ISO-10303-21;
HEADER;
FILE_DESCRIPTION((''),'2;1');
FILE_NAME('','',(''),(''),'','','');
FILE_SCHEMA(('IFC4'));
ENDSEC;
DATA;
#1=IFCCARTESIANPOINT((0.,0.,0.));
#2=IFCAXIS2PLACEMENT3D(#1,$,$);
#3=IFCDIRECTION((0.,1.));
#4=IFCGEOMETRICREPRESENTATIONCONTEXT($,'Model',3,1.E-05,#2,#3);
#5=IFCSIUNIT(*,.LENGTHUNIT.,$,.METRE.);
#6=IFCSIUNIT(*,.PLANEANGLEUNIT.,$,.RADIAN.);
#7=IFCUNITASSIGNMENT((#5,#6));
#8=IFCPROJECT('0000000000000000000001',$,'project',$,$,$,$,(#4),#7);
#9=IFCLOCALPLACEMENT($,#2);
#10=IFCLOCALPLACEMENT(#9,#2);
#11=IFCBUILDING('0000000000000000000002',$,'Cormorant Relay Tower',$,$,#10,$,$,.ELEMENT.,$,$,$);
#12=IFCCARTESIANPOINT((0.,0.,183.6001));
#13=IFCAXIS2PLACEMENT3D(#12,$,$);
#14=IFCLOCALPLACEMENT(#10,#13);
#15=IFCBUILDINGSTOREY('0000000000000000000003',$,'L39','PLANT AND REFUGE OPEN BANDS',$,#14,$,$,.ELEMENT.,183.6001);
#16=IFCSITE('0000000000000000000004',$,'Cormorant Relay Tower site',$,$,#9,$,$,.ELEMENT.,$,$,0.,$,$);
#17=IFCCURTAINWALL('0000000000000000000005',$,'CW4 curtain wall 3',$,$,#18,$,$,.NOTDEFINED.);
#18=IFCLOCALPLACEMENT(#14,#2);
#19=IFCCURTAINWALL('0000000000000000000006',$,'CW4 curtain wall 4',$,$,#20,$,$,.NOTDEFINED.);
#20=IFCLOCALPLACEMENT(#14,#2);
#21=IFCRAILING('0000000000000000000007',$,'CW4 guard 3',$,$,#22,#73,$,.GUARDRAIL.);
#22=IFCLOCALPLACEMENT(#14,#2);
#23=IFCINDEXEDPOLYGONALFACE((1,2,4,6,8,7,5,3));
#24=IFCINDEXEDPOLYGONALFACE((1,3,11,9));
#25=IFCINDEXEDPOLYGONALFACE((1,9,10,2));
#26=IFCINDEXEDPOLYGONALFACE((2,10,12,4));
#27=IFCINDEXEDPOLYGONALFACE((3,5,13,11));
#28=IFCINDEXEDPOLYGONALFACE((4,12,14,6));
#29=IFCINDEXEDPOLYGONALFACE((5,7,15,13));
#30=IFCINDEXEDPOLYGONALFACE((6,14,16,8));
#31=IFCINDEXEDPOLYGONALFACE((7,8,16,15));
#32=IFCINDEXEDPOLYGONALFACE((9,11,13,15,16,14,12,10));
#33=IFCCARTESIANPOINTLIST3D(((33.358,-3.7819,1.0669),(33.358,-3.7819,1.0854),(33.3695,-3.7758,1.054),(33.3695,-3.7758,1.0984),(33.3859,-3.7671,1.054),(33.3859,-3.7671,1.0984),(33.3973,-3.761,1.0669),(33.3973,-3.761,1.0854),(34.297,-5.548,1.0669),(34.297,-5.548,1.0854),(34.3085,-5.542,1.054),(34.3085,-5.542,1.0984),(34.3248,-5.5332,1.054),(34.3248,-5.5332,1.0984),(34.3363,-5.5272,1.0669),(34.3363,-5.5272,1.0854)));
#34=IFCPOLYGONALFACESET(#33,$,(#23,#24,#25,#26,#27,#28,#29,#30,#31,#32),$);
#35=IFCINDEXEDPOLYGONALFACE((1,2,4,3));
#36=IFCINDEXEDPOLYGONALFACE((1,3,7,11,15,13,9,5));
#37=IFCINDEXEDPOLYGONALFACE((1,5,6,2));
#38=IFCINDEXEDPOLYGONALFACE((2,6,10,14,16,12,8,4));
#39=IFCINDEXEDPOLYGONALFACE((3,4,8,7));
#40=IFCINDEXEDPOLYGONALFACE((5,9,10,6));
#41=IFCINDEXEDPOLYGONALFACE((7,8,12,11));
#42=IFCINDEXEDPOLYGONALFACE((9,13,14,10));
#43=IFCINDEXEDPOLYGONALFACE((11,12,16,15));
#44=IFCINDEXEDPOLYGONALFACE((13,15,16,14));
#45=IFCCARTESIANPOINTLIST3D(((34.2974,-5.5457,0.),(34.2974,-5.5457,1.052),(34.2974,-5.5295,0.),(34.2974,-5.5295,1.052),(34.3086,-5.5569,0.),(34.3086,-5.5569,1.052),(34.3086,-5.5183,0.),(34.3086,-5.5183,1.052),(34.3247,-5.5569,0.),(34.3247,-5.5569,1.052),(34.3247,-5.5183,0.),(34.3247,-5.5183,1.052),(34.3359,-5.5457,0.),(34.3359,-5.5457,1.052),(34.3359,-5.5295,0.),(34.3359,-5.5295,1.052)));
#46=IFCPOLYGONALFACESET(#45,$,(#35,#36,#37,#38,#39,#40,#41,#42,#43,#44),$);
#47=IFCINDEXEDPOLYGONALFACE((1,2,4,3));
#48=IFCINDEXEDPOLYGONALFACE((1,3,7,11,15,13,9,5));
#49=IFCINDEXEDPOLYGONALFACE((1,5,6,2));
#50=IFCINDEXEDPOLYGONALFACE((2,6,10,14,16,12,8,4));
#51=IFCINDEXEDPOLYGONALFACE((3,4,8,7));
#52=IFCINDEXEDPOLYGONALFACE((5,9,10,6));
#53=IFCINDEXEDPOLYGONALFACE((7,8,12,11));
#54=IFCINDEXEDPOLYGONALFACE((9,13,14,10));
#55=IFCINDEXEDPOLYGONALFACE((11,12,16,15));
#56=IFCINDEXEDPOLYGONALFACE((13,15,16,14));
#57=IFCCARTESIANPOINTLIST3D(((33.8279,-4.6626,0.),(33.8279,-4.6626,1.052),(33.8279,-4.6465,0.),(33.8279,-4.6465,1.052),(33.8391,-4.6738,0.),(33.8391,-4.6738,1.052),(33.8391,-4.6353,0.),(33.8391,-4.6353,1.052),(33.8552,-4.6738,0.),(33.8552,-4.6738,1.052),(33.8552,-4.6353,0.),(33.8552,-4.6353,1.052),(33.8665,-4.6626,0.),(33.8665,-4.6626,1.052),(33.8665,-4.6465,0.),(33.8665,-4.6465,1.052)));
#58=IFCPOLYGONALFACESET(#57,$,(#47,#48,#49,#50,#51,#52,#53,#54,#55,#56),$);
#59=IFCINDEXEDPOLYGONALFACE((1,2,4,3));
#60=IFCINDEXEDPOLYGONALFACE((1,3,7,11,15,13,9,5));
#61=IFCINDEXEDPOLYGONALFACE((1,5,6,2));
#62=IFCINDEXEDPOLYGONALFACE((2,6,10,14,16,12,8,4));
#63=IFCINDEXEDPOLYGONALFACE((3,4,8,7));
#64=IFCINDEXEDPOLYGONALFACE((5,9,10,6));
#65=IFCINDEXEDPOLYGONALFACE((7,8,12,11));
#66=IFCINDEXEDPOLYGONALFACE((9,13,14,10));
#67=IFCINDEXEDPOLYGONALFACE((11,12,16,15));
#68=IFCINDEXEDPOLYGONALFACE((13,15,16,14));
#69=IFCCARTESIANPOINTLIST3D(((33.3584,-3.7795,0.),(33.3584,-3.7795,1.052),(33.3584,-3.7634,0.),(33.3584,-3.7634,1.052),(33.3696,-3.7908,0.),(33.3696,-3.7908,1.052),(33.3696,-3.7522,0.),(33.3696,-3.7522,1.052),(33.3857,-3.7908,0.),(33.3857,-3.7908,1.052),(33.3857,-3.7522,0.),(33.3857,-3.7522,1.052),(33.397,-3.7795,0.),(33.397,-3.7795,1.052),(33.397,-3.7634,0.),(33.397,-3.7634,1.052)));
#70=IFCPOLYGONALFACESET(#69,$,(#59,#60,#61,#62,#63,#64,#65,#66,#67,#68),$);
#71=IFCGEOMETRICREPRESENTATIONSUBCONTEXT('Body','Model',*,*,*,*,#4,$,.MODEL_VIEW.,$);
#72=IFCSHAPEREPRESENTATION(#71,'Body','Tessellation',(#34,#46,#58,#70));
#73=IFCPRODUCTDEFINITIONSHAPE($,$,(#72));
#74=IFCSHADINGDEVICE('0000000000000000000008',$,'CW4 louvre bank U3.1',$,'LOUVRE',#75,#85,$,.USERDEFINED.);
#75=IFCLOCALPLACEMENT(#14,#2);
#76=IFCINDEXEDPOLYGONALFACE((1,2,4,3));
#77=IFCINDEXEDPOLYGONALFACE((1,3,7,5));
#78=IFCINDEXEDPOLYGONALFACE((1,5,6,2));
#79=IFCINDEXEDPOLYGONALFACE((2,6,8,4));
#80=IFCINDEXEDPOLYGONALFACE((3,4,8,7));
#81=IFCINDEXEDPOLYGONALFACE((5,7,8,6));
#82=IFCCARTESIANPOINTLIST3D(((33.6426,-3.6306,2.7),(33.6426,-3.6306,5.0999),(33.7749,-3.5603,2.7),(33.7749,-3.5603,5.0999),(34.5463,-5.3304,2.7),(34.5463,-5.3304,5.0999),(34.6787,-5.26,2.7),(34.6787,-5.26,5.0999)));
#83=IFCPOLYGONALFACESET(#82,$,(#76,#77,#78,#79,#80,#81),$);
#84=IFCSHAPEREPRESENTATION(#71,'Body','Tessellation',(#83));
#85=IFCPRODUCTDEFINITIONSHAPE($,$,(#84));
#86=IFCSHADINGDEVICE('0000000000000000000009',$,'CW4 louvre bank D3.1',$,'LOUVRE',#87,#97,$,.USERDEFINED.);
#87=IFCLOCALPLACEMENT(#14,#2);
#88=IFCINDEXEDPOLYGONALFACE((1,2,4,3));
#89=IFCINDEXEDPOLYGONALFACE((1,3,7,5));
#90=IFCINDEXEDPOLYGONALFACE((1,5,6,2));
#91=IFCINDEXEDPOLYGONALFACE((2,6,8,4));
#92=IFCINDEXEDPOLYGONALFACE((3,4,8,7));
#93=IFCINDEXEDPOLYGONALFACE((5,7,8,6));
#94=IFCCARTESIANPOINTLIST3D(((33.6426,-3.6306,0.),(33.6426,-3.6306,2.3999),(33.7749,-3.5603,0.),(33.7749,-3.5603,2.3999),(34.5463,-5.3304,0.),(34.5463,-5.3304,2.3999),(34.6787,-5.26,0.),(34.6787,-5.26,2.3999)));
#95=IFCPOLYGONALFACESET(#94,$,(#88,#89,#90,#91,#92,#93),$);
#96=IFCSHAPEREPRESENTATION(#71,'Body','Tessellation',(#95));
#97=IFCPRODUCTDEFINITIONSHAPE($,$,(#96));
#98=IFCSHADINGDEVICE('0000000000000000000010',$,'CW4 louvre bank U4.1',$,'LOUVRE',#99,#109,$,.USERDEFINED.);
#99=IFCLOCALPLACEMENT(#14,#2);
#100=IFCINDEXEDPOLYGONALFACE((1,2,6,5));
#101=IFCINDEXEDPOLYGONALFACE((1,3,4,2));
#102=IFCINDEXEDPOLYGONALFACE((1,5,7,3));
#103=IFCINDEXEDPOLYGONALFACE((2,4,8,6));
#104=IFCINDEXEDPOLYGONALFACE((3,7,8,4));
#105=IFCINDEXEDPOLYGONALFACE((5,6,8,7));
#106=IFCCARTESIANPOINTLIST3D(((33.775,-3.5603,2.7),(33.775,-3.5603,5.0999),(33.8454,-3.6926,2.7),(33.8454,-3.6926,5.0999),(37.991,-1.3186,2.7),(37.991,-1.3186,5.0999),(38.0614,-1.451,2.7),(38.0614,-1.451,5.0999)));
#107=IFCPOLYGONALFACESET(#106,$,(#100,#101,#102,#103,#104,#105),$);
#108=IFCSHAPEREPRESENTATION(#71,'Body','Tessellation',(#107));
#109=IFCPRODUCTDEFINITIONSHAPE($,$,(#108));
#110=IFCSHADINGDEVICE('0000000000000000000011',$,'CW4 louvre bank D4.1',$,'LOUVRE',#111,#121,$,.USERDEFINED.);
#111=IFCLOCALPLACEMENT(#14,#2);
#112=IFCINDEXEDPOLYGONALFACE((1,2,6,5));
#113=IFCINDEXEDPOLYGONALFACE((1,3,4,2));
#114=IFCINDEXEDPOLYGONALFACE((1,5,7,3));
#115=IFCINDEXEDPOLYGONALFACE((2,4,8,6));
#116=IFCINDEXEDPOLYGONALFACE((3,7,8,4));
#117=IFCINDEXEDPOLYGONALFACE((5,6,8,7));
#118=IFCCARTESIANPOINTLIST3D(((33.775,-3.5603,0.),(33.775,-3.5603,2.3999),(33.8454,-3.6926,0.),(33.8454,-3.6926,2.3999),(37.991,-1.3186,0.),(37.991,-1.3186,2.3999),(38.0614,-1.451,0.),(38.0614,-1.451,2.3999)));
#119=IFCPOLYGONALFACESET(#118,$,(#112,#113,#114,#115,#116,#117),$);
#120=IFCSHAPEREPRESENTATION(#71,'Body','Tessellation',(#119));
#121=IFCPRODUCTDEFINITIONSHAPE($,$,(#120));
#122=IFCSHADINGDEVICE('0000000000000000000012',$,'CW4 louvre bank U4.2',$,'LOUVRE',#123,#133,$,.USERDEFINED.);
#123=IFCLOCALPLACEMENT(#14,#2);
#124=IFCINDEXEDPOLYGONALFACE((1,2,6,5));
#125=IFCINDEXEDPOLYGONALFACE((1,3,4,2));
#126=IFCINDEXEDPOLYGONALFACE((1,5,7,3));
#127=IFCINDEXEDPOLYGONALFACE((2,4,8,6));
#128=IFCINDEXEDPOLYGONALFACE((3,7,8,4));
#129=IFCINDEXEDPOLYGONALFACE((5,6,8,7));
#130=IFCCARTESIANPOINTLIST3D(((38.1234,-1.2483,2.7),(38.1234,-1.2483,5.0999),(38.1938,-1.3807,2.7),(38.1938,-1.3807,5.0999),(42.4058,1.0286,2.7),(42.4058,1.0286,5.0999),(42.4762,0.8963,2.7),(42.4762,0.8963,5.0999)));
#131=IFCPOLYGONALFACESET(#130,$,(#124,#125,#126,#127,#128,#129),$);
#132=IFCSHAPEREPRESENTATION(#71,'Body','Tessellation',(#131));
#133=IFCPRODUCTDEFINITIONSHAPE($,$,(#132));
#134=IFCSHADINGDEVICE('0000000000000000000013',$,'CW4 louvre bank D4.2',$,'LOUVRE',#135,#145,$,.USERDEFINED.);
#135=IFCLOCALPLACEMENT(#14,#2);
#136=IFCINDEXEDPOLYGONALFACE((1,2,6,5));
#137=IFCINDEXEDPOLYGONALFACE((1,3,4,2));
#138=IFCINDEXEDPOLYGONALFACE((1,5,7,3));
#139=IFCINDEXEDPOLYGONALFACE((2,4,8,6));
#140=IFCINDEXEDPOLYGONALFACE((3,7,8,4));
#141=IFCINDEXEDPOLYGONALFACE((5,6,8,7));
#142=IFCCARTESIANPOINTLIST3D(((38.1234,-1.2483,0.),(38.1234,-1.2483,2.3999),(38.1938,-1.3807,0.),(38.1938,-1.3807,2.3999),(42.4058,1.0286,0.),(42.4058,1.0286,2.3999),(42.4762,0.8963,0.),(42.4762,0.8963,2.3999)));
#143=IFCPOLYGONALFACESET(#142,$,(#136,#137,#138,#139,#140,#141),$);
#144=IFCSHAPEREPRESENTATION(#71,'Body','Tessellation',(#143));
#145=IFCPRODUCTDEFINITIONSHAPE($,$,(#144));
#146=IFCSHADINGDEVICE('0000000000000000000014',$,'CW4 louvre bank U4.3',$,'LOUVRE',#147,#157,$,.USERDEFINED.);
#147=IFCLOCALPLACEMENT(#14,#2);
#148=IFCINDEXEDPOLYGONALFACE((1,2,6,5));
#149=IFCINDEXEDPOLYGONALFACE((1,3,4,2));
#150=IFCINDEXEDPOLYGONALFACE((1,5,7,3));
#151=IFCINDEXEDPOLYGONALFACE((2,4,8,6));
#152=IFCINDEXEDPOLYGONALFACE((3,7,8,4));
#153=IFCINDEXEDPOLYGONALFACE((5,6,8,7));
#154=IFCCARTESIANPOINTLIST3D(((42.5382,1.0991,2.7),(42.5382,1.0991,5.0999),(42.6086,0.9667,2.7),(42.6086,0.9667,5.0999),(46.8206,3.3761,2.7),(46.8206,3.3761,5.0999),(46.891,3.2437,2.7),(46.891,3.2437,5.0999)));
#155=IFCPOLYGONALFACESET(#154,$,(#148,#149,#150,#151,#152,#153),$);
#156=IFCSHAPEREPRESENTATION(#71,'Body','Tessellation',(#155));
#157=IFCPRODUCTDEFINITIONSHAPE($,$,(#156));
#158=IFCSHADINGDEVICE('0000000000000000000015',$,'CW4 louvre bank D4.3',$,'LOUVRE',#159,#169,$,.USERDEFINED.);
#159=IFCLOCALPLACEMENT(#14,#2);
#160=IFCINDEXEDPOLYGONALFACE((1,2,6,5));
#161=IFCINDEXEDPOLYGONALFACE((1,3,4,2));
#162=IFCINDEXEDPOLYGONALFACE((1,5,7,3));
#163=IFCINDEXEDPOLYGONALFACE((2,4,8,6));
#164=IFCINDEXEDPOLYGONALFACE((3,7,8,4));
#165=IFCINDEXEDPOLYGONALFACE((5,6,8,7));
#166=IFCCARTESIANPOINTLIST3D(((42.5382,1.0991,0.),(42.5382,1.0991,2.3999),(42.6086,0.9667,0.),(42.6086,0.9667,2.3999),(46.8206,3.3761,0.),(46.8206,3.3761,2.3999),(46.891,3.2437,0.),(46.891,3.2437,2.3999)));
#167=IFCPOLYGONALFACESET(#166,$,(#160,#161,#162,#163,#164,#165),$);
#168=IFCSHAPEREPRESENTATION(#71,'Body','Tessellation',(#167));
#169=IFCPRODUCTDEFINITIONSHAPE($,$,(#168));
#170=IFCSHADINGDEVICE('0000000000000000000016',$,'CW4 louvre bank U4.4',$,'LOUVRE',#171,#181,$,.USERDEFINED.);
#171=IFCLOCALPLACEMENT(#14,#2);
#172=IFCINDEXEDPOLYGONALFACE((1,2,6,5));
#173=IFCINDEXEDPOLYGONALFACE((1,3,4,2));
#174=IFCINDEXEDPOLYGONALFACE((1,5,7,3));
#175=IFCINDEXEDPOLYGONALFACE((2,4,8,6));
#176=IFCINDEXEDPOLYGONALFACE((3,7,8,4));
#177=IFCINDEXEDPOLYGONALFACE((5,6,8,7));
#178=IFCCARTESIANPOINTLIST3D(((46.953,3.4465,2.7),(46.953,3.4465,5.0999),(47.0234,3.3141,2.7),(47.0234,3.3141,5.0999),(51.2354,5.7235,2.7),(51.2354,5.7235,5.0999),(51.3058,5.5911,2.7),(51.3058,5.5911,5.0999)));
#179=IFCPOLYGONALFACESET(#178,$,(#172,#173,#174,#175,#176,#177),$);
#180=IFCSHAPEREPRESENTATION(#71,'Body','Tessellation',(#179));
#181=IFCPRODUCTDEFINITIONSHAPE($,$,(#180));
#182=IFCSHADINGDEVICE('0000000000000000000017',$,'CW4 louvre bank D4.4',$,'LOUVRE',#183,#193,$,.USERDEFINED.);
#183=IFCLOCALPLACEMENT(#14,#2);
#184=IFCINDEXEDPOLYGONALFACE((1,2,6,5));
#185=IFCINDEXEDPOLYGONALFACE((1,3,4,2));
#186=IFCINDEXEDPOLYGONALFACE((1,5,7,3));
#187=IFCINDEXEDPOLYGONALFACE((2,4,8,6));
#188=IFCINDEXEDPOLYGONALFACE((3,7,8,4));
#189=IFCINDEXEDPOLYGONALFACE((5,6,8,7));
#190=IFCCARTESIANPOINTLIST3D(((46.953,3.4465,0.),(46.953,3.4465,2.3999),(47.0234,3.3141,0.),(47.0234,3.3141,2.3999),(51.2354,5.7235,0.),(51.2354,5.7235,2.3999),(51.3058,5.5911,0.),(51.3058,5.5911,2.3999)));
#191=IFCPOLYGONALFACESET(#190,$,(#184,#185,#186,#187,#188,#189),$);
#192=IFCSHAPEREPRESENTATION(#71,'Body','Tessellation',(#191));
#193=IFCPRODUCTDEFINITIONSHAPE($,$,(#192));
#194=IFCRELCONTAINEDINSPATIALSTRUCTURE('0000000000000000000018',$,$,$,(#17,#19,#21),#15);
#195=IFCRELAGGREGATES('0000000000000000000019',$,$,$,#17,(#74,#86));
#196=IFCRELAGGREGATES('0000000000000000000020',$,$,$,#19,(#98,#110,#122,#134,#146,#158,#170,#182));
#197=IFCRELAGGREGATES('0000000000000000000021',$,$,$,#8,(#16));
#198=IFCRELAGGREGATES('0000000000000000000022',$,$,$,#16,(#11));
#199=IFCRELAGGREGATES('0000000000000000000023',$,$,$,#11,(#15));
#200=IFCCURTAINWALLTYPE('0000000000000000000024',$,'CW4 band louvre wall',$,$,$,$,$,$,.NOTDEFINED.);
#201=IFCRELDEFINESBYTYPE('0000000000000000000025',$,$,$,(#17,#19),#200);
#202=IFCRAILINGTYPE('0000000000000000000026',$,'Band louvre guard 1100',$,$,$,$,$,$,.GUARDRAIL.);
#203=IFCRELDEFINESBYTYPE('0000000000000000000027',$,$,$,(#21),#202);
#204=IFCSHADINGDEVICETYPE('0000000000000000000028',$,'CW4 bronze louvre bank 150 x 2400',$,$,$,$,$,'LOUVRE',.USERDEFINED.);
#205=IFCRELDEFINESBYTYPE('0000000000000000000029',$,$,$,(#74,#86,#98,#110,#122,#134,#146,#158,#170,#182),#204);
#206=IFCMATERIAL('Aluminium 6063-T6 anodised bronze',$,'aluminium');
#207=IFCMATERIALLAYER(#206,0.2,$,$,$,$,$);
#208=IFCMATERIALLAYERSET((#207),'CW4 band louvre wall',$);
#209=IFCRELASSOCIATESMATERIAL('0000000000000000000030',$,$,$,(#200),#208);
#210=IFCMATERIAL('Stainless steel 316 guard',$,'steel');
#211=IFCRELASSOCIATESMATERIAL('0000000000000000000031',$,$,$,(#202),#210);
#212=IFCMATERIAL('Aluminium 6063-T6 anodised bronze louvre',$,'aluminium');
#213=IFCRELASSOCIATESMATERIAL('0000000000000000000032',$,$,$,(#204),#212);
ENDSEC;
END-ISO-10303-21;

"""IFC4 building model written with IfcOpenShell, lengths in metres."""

from ifc_helpers import new_model, si_unit, direction, frame, origin, origin_2d, place, context, subcontext, project, spatial, polyline, rectangle, outline, extrude, material, layer, layer_set, type_object, element, aggregate, save


model = new_model("IFC4")

# Units and contexts
model_context = context("Model", 3, precision=1e-05, world=origin(), true_north=direction((0.0, 1.0)))
body_context = subcontext(model_context, "Body", "Model", "MODEL_VIEW")
ifc_project = project(units=[si_unit("LENGTHUNIT", "METRE"), si_unit("PLANEANGLEUNIT", "RADIAN")], contexts=[model_context])

# Site, building, storey
site_placement = place(None, origin())
site = spatial("IfcSite", under=ifc_project, at=site_placement, Name="Cormorant Relay Tower site", CompositionType="ELEMENT", RefElevation=0.0)
building_placement = place(site_placement, origin())
building = spatial("IfcBuilding", under=site, at=building_placement, Name="Cormorant Relay Tower", CompositionType="ELEMENT")
storey_placement = place(building_placement, frame((0.0, 0.0, 183.6001)))
storey = spatial("IfcBuildingStorey", under=building, at=storey_placement, Name="L39", Description="PLANT AND REFUGE OPEN BANDS", CompositionType="ELEMENT", Elevation=183.6001)

# Curtain wall
ifc_material_1 = material(Name="Aluminium 6063-T6 anodised bronze", Category="aluminium")
ifc_layer_1 = layer(ifc_material_1, 0.2)
ifc_layer_set_1 = layer_set([ifc_layer_1], Name="CW4 band louvre wall")
curtain_wall_type = type_object("IfcCurtainWallType", Name="CW4 band louvre wall", PredefinedType="NOTDEFINED", material=ifc_layer_set_1)
curtain_wall_1_placement = place(storey_placement, origin())
curtain_wall_1 = element("IfcCurtainWall", 1, at=curtain_wall_1_placement, inside=storey, type_object=curtain_wall_type, Name="CW4 curtain wall 3", PredefinedType="NOTDEFINED")

# Curtain wall
curtain_wall_2_placement = place(storey_placement, origin())
curtain_wall_2 = element("IfcCurtainWall", 2, at=curtain_wall_2_placement, inside=storey, type_object=curtain_wall_type, Name="CW4 curtain wall 4", PredefinedType="NOTDEFINED")

# Railing
ifc_material_2 = material(Name="Stainless steel 316 guard", Category="steel")
railing_type = type_object("IfcRailingType", Name="Band louvre guard 1100", PredefinedType="GUARDRAIL", material=ifc_material_2)
railing_1_placement = place(storey_placement, frame((34.3167, -5.5376, 0.0)))
element("IfcRailing", 3, at=railing_1_placement, inside=storey, type_object=railing_type, Name="CW4 guard 3", PredefinedType="GUARDRAIL", context=body_context, shape_type="SweptSolid", body=[
    extrude(outline(polyline([(0.0222, 0.0093), (0.0093, 0.0222), (-0.0093, 0.0222), (-0.0222, 0.0093), (-0.0222, -0.0093), (-0.0093, -0.0222), (0.0093, -0.0222), (0.0222, -0.0093), (0.0222, 0.0093)])), frame((0.0, 0.0, 1.0762), z_axis=(-0.469435, 0.882967, 0.0), x_axis=(-0.882967, -0.469435, 0.0)), (0.0, 0.0, 1.0), 2.0002),
    extrude(outline(polyline([(0.0193, 0.0081), (0.0081, 0.0193), (-0.0081, 0.0193), (-0.0193, 0.0081), (-0.0193, -0.0081), (-0.0081, -0.0193), (0.0081, -0.0193), (0.0193, -0.0081), (0.0193, 0.0081)])), origin(), (0.0, 0.0, 1.0), 1.052),
    extrude(outline(polyline([(0.0193, 0.0081), (0.0081, 0.0193), (-0.0081, 0.0193), (-0.0193, 0.0081), (-0.0193, -0.0081), (-0.0081, -0.0193), (0.0081, -0.0193), (0.0193, -0.0081), (0.0193, 0.0081)])), frame((-0.4695, 0.8831, 0.0)), (0.0, 0.0, 1.0), 1.052),
    extrude(outline(polyline([(0.0193, 0.0081), (0.0081, 0.0193), (-0.0081, 0.0193), (-0.0193, 0.0081), (-0.0193, -0.0081), (-0.0081, -0.0193), (0.0081, -0.0193), (0.0193, -0.0081), (0.0193, 0.0081)])), frame((-0.939, 1.7661, 0.0)), (0.0, 0.0, 1.0), 1.052),
])

# Shading devices
ifc_material_3 = material(Name="Aluminium 6063-T6 anodised bronze louvre", Category="aluminium")
shading_device_type = type_object("IfcShadingDeviceType", Name="CW4 bronze louvre bank 150 x 2400", ElementType="LOUVRE", PredefinedType="USERDEFINED", material=ifc_material_3)
shading_device_1_placement = place(storey_placement, frame((34.1606, -4.4453, 2.7), z_axis=(0.0, 0.0, 1.0), x_axis=(-0.469472, 0.882948, 0.0)))
shading_device_1 = element("IfcShadingDevice", 4, at=shading_device_1_placement, type_object=shading_device_type, Name="CW4 louvre bank U3.1", ObjectType="LOUVRE", PredefinedType="USERDEFINED", context=body_context, shape_type="SweptSolid", body=[
    extrude(rectangle(XDim=1.925, YDim=0.1499, at=origin_2d()), origin(), (0.0, 0.0, 1.0), 2.3999),
])
shading_device_2_placement = place(storey_placement, frame((34.1606, -4.4453, 0.0), z_axis=(0.0, 0.0, 1.0), x_axis=(-0.469472, 0.882948, 0.0)))
shading_device_2 = element("IfcShadingDevice", 5, at=shading_device_2_placement, type_object=shading_device_type, Name="CW4 louvre bank D3.1", ObjectType="LOUVRE", PredefinedType="USERDEFINED", context=body_context, shape_type="SweptSolid", body=[
    extrude(rectangle(XDim=1.925, YDim=0.1499, at=origin_2d()), origin(), (0.0, 0.0, 1.0), 2.3999),
])
aggregate(curtain_wall_1, [shading_device_1, shading_device_2])
shading_device_3_placement = place(storey_placement, frame((35.9182, -2.5056, 2.7), z_axis=(0.0, 0.0, 1.0), x_axis=(0.882948, 0.469472, 0.0)))
shading_device_3 = element("IfcShadingDevice", 6, at=shading_device_3_placement, type_object=shading_device_type, Name="CW4 louvre bank U4.1", ObjectType="LOUVRE", PredefinedType="USERDEFINED", context=body_context, shape_type="SweptSolid", body=[
    extrude(rectangle(XDim=4.7749, YDim=0.1499, at=origin_2d()), origin(), (0.0, 0.0, 1.0), 2.3999),
])
shading_device_4_placement = place(storey_placement, frame((35.9182, -2.5056, 0.0), z_axis=(0.0, 0.0, 1.0), x_axis=(0.882948, 0.469472, 0.0)))
shading_device_4 = element("IfcShadingDevice", 7, at=shading_device_4_placement, type_object=shading_device_type, Name="CW4 louvre bank D4.1", ObjectType="LOUVRE", PredefinedType="USERDEFINED", context=body_context, shape_type="SweptSolid", body=[
    extrude(rectangle(XDim=4.7749, YDim=0.1499, at=origin_2d()), origin(), (0.0, 0.0, 1.0), 2.3999),
])
shading_device_5_placement = place(storey_placement, frame((40.2998, -0.176, 2.7), z_axis=(0.0, 0.0, 1.0), x_axis=(0.882948, 0.469472, 0.0)))
shading_device_5 = element("IfcShadingDevice", 8, at=shading_device_5_placement, type_object=shading_device_type, Name="CW4 louvre bank U4.2", ObjectType="LOUVRE", PredefinedType="USERDEFINED", context=body_context, shape_type="SweptSolid", body=[
    extrude(rectangle(XDim=4.8501, YDim=0.1499, at=origin_2d()), origin(), (0.0, 0.0, 1.0), 2.3999),
])
shading_device_6_placement = place(storey_placement, frame((40.2998, -0.176, 0.0), z_axis=(0.0, 0.0, 1.0), x_axis=(0.882948, 0.469472, 0.0)))
shading_device_6 = element("IfcShadingDevice", 9, at=shading_device_6_placement, type_object=shading_device_type, Name="CW4 louvre bank D4.2", ObjectType="LOUVRE", PredefinedType="USERDEFINED", context=body_context, shape_type="SweptSolid", body=[
    extrude(rectangle(XDim=4.8501, YDim=0.1499, at=origin_2d()), origin(), (0.0, 0.0, 1.0), 2.3999),
])
shading_device_7_placement = place(storey_placement, frame((44.7146, 2.1714, 2.7), z_axis=(0.0, 0.0, 1.0), x_axis=(0.882948, 0.469472, 0.0)))
shading_device_7 = element("IfcShadingDevice", 10, at=shading_device_7_placement, type_object=shading_device_type, Name="CW4 louvre bank U4.3", ObjectType="LOUVRE", PredefinedType="USERDEFINED", context=body_context, shape_type="SweptSolid", body=[
    extrude(rectangle(XDim=4.8501, YDim=0.1499, at=origin_2d()), origin(), (0.0, 0.0, 1.0), 2.3999),
])
shading_device_8_placement = place(storey_placement, frame((44.7146, 2.1714, 0.0), z_axis=(0.0, 0.0, 1.0), x_axis=(0.882948, 0.469472, 0.0)))
shading_device_8 = element("IfcShadingDevice", 11, at=shading_device_8_placement, type_object=shading_device_type, Name="CW4 louvre bank D4.3", ObjectType="LOUVRE", PredefinedType="USERDEFINED", context=body_context, shape_type="SweptSolid", body=[
    extrude(rectangle(XDim=4.8501, YDim=0.1499, at=origin_2d()), origin(), (0.0, 0.0, 1.0), 2.3999),
])
shading_device_9_placement = place(storey_placement, frame((49.1294, 4.5188, 2.7), z_axis=(0.0, 0.0, 1.0), x_axis=(0.882948, 0.469472, 0.0)))
shading_device_9 = element("IfcShadingDevice", 12, at=shading_device_9_placement, type_object=shading_device_type, Name="CW4 louvre bank U4.4", ObjectType="LOUVRE", PredefinedType="USERDEFINED", context=body_context, shape_type="SweptSolid", body=[
    extrude(rectangle(XDim=4.8501, YDim=0.1499, at=origin_2d()), origin(), (0.0, 0.0, 1.0), 2.3999),
])
shading_device_10_placement = place(storey_placement, frame((49.1294, 4.5188, 0.0), z_axis=(0.0, 0.0, 1.0), x_axis=(0.882948, 0.469472, 0.0)))
shading_device_10 = element("IfcShadingDevice", 13, at=shading_device_10_placement, type_object=shading_device_type, Name="CW4 louvre bank D4.4", ObjectType="LOUVRE", PredefinedType="USERDEFINED", context=body_context, shape_type="SweptSolid", body=[
    extrude(rectangle(XDim=4.8501, YDim=0.1499, at=origin_2d()), origin(), (0.0, 0.0, 1.0), 2.3999),
])
aggregate(curtain_wall_2, [shading_device_3, shading_device_4, shading_device_5, shading_device_6, shading_device_7, shading_device_8, shading_device_9, shading_device_10])

save(model, "model.ifc")
